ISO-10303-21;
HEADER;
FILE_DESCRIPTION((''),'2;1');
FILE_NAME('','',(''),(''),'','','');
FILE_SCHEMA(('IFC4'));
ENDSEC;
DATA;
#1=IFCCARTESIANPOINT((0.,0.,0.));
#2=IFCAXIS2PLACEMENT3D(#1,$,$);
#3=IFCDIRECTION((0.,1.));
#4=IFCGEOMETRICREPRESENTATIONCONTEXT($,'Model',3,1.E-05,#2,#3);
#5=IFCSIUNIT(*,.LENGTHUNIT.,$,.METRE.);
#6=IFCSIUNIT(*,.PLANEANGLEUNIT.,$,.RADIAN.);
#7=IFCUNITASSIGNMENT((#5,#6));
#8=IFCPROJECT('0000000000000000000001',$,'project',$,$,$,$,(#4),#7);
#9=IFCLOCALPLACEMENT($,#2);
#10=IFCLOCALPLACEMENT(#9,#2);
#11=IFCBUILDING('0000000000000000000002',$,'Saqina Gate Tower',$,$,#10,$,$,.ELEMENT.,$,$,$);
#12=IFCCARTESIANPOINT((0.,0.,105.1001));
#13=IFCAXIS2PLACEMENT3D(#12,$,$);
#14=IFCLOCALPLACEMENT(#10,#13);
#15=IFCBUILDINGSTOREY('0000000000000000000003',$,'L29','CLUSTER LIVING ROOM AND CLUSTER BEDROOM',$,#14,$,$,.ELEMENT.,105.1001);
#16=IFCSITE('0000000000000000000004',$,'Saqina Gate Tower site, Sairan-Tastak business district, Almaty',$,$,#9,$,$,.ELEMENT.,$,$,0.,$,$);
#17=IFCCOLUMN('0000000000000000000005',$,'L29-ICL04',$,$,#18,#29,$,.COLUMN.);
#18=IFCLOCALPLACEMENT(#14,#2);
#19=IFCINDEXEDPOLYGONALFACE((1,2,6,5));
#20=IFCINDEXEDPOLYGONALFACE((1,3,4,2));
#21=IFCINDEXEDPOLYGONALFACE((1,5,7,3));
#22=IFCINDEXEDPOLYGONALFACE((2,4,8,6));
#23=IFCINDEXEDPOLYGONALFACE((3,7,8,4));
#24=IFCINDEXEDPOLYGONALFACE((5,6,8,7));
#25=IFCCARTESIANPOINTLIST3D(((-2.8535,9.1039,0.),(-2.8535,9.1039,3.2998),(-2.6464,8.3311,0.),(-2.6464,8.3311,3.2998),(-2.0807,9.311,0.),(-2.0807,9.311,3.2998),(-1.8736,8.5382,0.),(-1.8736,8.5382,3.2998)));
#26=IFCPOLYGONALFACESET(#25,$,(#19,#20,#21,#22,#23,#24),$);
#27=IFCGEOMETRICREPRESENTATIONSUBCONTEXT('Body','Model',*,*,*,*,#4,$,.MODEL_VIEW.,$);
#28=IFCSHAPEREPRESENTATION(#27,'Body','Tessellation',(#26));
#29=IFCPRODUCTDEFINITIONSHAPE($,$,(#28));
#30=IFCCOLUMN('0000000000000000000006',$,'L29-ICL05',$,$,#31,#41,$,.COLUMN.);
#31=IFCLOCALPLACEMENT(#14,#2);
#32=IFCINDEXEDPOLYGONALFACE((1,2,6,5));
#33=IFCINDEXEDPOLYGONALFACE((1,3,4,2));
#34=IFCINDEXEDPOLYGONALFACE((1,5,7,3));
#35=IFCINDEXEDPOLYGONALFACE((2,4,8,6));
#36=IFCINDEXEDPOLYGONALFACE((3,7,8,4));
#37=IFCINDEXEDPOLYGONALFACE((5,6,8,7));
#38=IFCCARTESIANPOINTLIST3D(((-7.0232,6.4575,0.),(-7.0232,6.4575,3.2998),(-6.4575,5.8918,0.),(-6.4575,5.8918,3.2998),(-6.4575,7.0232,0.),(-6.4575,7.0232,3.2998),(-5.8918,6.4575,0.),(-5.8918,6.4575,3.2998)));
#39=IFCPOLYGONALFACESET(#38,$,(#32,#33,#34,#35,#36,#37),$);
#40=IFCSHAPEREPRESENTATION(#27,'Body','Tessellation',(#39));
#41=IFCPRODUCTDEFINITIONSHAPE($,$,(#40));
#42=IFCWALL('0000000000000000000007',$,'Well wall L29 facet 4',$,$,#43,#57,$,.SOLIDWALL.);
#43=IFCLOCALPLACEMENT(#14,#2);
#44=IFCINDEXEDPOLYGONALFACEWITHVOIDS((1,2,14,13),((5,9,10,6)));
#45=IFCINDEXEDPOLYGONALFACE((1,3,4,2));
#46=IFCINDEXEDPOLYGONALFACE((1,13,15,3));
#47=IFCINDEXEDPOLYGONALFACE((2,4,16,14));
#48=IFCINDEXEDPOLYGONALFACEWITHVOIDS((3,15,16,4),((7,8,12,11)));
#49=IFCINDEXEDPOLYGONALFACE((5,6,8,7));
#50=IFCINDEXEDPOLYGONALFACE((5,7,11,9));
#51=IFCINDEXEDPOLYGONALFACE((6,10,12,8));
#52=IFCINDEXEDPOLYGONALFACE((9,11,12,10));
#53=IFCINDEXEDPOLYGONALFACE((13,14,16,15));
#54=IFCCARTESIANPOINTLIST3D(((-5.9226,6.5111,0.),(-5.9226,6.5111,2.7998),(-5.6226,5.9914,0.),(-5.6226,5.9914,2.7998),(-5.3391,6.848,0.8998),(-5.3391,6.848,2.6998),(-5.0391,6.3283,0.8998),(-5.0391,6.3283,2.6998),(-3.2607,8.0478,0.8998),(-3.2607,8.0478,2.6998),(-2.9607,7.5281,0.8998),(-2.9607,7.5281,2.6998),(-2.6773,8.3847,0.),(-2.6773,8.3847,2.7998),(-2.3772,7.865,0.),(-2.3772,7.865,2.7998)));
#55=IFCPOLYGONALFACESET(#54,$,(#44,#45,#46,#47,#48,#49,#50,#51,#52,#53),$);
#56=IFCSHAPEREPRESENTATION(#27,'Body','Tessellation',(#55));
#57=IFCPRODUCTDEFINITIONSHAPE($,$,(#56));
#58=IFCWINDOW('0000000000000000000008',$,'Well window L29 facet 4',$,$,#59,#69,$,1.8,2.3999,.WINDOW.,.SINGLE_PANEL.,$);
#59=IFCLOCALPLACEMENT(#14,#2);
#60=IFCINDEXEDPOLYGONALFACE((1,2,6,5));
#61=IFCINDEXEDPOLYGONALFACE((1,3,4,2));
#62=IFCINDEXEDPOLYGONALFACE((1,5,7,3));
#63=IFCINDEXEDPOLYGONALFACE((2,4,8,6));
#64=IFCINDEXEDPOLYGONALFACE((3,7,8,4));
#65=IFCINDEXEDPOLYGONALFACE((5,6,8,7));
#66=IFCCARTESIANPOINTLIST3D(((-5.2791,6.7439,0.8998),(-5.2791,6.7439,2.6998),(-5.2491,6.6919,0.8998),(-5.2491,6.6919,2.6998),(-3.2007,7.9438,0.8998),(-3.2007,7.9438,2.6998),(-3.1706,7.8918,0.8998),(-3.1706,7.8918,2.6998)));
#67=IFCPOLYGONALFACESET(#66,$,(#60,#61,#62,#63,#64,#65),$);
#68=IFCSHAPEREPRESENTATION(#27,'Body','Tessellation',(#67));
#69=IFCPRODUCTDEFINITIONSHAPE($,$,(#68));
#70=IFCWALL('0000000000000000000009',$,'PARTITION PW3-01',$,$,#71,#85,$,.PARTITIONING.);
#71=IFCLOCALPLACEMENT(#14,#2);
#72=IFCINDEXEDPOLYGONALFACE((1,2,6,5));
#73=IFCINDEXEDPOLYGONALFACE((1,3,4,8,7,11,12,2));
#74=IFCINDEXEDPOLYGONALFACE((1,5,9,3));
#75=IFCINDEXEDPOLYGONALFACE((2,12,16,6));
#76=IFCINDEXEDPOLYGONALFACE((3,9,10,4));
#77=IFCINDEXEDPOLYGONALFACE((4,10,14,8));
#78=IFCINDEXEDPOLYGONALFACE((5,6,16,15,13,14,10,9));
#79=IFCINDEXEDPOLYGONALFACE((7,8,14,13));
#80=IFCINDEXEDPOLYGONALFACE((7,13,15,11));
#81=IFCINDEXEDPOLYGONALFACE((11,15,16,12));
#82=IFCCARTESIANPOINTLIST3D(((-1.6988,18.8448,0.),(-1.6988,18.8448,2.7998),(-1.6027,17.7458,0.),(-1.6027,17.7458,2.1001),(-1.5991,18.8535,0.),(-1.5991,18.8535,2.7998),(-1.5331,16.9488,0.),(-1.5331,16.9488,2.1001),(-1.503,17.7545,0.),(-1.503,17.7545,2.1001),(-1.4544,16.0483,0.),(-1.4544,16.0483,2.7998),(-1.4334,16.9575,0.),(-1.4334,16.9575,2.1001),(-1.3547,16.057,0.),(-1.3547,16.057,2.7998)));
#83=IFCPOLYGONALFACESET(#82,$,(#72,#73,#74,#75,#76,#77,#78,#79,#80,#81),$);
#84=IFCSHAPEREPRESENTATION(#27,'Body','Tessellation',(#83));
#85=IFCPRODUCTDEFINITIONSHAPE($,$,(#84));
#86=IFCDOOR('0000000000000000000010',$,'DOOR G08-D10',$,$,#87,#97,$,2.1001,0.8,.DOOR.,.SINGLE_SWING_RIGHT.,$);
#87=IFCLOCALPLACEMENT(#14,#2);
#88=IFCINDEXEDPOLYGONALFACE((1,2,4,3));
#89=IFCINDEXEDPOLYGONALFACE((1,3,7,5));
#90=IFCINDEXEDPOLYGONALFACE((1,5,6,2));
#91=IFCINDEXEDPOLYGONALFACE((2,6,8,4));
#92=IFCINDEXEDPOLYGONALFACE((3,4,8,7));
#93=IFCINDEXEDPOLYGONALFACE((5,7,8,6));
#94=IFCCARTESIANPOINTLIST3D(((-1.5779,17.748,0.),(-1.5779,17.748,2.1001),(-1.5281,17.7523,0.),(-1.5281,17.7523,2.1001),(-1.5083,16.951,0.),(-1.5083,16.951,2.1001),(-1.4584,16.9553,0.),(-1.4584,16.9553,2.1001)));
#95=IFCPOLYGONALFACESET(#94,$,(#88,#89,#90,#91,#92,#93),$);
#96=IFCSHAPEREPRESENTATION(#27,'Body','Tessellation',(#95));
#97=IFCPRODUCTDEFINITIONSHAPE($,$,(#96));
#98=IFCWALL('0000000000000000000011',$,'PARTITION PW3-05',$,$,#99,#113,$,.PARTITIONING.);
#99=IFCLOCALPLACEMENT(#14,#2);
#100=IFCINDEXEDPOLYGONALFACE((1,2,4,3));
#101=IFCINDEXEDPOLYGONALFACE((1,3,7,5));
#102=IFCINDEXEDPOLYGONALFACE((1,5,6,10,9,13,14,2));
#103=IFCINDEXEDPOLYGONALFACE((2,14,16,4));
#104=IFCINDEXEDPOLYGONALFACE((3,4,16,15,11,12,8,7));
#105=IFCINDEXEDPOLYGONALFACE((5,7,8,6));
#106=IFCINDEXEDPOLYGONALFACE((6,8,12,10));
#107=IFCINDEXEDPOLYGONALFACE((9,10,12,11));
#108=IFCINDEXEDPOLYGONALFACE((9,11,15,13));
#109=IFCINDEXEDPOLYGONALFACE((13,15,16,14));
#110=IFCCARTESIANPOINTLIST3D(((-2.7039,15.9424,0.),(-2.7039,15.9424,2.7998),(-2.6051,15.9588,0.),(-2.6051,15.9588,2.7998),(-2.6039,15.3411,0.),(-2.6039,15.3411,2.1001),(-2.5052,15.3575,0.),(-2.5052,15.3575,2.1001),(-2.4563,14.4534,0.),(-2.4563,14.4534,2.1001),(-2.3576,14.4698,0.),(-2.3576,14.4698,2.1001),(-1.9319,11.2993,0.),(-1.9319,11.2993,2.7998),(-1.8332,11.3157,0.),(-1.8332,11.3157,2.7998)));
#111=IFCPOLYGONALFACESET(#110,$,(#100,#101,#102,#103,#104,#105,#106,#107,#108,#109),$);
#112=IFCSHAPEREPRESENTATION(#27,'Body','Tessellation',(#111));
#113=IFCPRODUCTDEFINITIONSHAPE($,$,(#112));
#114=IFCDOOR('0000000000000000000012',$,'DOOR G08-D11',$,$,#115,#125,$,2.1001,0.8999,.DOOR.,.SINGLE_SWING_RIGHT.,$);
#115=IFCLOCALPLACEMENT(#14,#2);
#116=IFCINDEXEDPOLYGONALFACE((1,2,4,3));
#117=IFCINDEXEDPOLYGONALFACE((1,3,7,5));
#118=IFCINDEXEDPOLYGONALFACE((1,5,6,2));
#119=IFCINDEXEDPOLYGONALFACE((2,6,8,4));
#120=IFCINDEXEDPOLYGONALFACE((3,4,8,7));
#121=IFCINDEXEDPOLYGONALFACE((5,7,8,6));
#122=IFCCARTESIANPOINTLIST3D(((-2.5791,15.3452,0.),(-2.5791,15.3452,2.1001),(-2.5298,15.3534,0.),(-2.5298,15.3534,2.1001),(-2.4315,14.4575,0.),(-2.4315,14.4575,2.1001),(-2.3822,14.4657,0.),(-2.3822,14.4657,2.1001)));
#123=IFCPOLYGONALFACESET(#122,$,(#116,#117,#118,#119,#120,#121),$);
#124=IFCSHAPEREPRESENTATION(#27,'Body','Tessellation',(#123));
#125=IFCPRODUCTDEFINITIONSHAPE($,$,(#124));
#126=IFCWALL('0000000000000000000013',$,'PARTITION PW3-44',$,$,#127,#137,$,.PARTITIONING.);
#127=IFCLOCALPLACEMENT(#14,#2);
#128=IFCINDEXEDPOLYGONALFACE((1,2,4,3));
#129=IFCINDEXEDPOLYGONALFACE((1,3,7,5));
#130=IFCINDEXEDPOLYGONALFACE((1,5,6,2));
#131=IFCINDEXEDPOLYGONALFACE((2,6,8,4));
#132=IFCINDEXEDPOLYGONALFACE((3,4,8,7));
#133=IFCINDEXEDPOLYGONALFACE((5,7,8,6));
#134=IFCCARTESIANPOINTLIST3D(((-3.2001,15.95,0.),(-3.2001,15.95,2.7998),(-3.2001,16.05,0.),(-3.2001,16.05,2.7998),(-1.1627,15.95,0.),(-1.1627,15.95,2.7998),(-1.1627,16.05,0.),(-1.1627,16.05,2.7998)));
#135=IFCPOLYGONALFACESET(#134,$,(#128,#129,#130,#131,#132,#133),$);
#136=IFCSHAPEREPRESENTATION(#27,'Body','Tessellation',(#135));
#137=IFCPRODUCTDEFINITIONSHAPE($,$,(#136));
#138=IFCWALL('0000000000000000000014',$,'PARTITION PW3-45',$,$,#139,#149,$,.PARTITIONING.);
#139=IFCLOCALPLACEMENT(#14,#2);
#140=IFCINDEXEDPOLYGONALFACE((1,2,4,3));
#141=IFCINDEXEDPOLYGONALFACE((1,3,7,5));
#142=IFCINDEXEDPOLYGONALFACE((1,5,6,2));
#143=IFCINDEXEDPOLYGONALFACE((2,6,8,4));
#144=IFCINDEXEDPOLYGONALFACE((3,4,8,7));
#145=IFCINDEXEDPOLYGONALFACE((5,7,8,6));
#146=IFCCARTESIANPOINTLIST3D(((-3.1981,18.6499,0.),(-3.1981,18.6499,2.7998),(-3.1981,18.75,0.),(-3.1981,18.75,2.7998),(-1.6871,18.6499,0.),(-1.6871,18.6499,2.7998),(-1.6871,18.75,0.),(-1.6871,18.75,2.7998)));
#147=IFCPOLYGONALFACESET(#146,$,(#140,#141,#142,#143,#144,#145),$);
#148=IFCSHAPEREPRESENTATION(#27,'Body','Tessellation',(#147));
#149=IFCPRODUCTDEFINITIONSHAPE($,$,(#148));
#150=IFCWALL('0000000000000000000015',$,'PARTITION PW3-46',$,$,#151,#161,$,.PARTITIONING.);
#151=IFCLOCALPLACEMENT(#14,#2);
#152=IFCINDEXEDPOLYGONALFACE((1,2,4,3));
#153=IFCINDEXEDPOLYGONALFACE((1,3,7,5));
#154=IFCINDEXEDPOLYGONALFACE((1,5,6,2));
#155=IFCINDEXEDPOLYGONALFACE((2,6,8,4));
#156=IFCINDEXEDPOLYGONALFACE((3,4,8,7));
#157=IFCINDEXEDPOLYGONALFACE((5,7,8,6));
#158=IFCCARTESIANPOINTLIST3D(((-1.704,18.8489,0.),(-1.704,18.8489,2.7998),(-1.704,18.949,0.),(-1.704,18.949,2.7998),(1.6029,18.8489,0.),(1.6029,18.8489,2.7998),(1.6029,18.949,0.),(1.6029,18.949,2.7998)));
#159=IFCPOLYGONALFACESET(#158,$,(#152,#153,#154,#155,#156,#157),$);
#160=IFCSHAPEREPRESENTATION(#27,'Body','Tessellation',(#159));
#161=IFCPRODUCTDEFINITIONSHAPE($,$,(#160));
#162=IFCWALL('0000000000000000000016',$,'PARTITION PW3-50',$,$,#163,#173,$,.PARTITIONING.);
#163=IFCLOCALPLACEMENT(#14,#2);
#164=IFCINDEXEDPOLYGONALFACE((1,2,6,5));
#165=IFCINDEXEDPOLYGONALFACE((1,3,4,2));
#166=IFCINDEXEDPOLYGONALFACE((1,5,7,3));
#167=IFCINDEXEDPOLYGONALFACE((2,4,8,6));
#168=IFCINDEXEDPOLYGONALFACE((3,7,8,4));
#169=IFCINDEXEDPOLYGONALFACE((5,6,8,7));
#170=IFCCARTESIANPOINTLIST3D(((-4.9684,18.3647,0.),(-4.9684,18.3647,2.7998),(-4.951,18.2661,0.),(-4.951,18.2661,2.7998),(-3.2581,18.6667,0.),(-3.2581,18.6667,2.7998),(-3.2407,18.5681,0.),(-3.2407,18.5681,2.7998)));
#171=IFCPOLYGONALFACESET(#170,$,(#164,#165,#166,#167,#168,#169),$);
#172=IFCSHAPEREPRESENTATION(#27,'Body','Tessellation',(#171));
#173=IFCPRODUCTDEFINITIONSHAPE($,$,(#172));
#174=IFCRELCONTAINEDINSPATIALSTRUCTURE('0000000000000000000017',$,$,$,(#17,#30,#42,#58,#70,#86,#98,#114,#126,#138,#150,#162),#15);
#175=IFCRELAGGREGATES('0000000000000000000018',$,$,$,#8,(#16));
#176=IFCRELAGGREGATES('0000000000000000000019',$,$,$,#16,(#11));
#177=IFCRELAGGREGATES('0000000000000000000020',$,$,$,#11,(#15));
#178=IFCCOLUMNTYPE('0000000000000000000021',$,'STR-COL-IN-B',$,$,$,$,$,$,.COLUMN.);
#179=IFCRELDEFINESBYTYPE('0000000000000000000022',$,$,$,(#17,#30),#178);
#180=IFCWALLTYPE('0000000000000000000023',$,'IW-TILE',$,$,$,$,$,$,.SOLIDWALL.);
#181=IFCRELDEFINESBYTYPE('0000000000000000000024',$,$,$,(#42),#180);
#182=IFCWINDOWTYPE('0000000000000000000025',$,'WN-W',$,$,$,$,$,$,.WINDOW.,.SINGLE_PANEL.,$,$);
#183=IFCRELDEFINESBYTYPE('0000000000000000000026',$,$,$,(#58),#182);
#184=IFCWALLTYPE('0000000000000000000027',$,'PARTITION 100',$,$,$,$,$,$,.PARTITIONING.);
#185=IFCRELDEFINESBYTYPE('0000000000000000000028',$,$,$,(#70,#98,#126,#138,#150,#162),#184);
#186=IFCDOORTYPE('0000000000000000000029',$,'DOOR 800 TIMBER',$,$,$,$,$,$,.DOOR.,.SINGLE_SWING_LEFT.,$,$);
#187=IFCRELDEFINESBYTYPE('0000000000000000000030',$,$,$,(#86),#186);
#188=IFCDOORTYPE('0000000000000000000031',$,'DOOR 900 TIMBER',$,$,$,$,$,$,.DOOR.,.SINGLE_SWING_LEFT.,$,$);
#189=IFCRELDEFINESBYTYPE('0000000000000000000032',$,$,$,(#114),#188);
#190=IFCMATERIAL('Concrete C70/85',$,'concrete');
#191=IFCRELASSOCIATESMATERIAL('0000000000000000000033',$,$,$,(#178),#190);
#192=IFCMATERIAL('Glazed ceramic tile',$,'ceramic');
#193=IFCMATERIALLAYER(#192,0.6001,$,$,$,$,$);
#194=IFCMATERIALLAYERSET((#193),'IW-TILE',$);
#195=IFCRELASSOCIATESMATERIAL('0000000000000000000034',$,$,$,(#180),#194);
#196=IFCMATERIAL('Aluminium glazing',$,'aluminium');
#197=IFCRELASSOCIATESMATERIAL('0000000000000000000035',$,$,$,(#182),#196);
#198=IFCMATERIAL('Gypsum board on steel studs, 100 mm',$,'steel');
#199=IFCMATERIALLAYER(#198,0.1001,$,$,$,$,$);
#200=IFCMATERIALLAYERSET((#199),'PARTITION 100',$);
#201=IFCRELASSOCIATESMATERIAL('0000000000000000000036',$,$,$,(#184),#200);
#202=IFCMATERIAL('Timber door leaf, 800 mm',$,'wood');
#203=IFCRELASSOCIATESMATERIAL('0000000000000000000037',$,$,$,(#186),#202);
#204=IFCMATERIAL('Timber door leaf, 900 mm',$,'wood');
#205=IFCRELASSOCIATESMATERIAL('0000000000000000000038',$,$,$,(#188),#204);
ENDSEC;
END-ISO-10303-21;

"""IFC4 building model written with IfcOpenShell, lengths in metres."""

from ifc_helpers import new_model, si_unit, direction, frame, frame_2d, origin, origin_2d, place, context, subcontext, project, spatial, rectangle, extrude, material, layer, layer_set, material_profile, profile_set, type_object, element, fill, save


model = new_model("IFC4")

# Units and contexts
model_context = context("Model", 3, precision=1e-05, world=origin(), true_north=direction((0.0, 1.0)))
body_context = subcontext(model_context, "Body", "Model", "MODEL_VIEW")
ifc_project = project(units=[si_unit("LENGTHUNIT", "METRE"), si_unit("PLANEANGLEUNIT", "RADIAN")], contexts=[model_context])

# Site, building, storey
site_placement = place(None, origin())
site = spatial("IfcSite", under=ifc_project, at=site_placement, Name="Saqina Gate Tower site, Sairan-Tastak business district, Almaty", CompositionType="ELEMENT", RefElevation=0.0)
building_placement = place(site_placement, origin())
building = spatial("IfcBuilding", under=site, at=building_placement, Name="Saqina Gate Tower", CompositionType="ELEMENT")
storey_placement = place(building_placement, frame((0.0, 0.0, 105.1001)))
storey = spatial("IfcBuildingStorey", under=building, at=storey_placement, Name="L29", Description="CLUSTER LIVING ROOM AND CLUSTER BEDROOM", CompositionType="ELEMENT", Elevation=105.1001)

# Columns
ifc_material_1 = material(Name="Concrete C70/85", Category="concrete")
ifc_material_profile = material_profile(ifc_material_1, rectangle(XDim=0.8, YDim=0.8, at=origin_2d()), Name="RC 800x800")
ifc_profile_set = profile_set([ifc_material_profile], Name="Concrete C70/85")
column_type = type_object("IfcColumnType", Name="STR-COL-IN-B", PredefinedType="COLUMN", material=ifc_profile_set)
for number, where, z_axis, x_axis, name in (
    (1, (-2.3635, 8.821, 0.0), (0.0, 0.0, 1.0), (-0.258819, 0.965926, 0.0), "L29-ICL04"),
    (2, (-6.4575, 6.4575, 0.0), (0.0, 0.0, 1.0), (-0.707107, 0.707107, 0.0), "L29-ICL05"),
):
    element("IfcColumn", number, at=place(storey_placement, frame(where, z_axis=z_axis, x_axis=x_axis)), inside=storey, type_object=column_type, Name=name, PredefinedType="COLUMN", context=body_context, shape_type="SweptSolid", body=[
        extrude(rectangle(XDim=0.8, YDim=0.8, at=origin_2d()), origin(), (0.0, 0.0, 1.0), 3.2998),
    ])

# Wall, opening, window
ifc_material_2 = material(Name="Glazed ceramic tile", Category="ceramic")
ifc_layer_1 = layer(ifc_material_2, 0.6001)
ifc_layer_set_1 = layer_set([ifc_layer_1], Name="IW-TILE")
wall_type_1 = type_object("IfcWallType", Name="IW-TILE", PredefinedType="SOLIDWALL", material=ifc_layer_set_1)
wall_1_placement = place(storey_placement, frame((-2.5273, 8.1248, 0.0), z_axis=(0.0, 0.0, 1.0), x_axis=(-0.866046, -0.499965, 0.0)))
wall_1 = element("IfcWall", 3, at=wall_1_placement, inside=storey, type_object=wall_type_1, Name="Well wall L29 facet 4", PredefinedType="SOLIDWALL", context=body_context, shape_type="SweptSolid", body=[
    extrude(rectangle(XDim=3.7473, YDim=0.6001, at=frame_2d((1.8735, 0.0))), origin(), (0.0, 0.0, 1.0), 2.7998),
])
opening_1_placement = place(wall_1_placement, frame((0.6736, 0.0, 0.8999)))
opening_1 = element("IfcOpeningElement", 4, at=opening_1_placement, cuts=wall_1, PredefinedType="OPENING", context=body_context, shape_type="SweptSolid", body=[
    extrude(rectangle(XDim=2.3999, YDim=1.8, at=frame_2d((1.2, 0.8999))), frame((0.0, 0.312, 0.0), z_axis=(0.0, -1.0, 0.0), x_axis=(1.0, 0.0, 0.0)), (0.0, 0.0, 1.0), 0.624),
])
ifc_material_3 = material(Name="Aluminium glazing", Category="aluminium")
window_type = type_object("IfcWindowType", Name="WN-W", PartitioningType="SINGLE_PANEL", PredefinedType="WINDOW", material=ifc_material_3)
window_placement = place(opening_1_placement, origin())
window = element("IfcWindow", 5, at=window_placement, inside=storey, type_object=window_type, Name="Well window L29 facet 4", OverallHeight=1.8, OverallWidth=2.3999, PartitioningType="SINGLE_PANEL", PredefinedType="WINDOW", context=body_context, shape_type="SweptSolid", body=[
    extrude(rectangle(XDim=2.3999, YDim=1.8, at=frame_2d((1.2, 0.8999))), frame((0.0, -0.1199, 0.0), z_axis=(0.0, -1.0, 0.0), x_axis=(1.0, 0.0, 0.0)), (0.0, 0.0, 1.0), 0.0601),
])
fill(opening_1, window)

# Walls, openings, doors
ifc_material_4 = material(Name="Gypsum board on steel studs, 100 mm", Category="steel")
ifc_layer_2 = layer(ifc_material_4, 0.1001)
ifc_layer_set_2 = layer_set([ifc_layer_2], Name="PARTITION 100")
wall_type_2 = type_object("IfcWallType", Name="PARTITION 100", PredefinedType="PARTITIONING", material=ifc_layer_set_2)
wall_2_placement = place(storey_placement, frame((-1.6489, 18.8491, 0.0), z_axis=(0.0, 0.0, 1.0), x_axis=(0.087061, -0.996203, 0.0)))
wall_2 = element("IfcWall", 6, at=wall_2_placement, inside=storey, type_object=wall_type_2, Name="PARTITION PW3-01", PredefinedType="PARTITIONING", context=body_context, shape_type="SweptSolid", body=[
    extrude(rectangle(XDim=2.8071, YDim=0.1001, at=frame_2d((1.4036, 0.0))), origin(), (0.0, 0.0, 1.0), 2.7998),
])
opening_2_placement = place(wall_2_placement, frame((1.1033, 0.0, 0.0)))
opening_2 = element("IfcOpeningElement", 7, at=opening_2_placement, cuts=wall_2, PredefinedType="OPENING", context=body_context, shape_type="SweptSolid", body=[
    extrude(rectangle(XDim=0.8, YDim=2.1001, at=frame_2d((0.3999, 1.05))), frame((0.0, 0.062, 0.0), z_axis=(0.0, -1.0, 0.0), x_axis=(1.0, 0.0, 0.0)), (0.0, 0.0, 1.0), 0.124),
])
ifc_material_5 = material(Name="Timber door leaf, 800 mm", Category="wood")
door_type_1 = type_object("IfcDoorType", Name="DOOR 800 TIMBER", OperationType="SINGLE_SWING_LEFT", PredefinedType="DOOR", material=ifc_material_5)
door_1_placement = place(opening_2_placement, origin())
door_1 = element("IfcDoor", 8, at=door_1_placement, inside=storey, type_object=door_type_1, Name="DOOR G08-D10", OperationType="SINGLE_SWING_RIGHT", OverallHeight=2.1001, OverallWidth=0.8, PredefinedType="DOOR", context=body_context, shape_type="SweptSolid", body=[
    extrude(rectangle(XDim=0.8, YDim=2.1001, at=frame_2d((0.3999, 1.05))), frame((0.0, 0.0249, 0.0), z_axis=(0.0, -1.0, 0.0), x_axis=(1.0, 0.0, 0.0)), (0.0, 0.0, 1.0), 0.05),
])
fill(opening_2, door_1)
wall_3_placement = place(storey_placement, frame((-2.6545, 15.9507, 0.0), z_axis=(0.0, 0.0, 1.0), x_axis=(0.164012, -0.986458, 0.0)))
wall_3 = element("IfcWall", 9, at=wall_3_placement, inside=storey, type_object=wall_type_2, Name="PARTITION PW3-05", PredefinedType="PARTITIONING", context=body_context, shape_type="SweptSolid", body=[
    extrude(rectangle(XDim=4.7068, YDim=0.1001, at=frame_2d((2.3535, 0.0))), origin(), (0.0, 0.0, 1.0), 2.7998),
])
opening_3_placement = place(wall_3_placement, frame((0.6096, 0.0, 0.0)))
opening_3 = element("IfcOpeningElement", 10, at=opening_3_placement, cuts=wall_3, PredefinedType="OPENING", context=body_context, shape_type="SweptSolid", body=[
    extrude(rectangle(XDim=0.8999, YDim=2.1001, at=frame_2d((0.45, 1.05))), frame((0.0, 0.062, 0.0), z_axis=(0.0, -1.0, 0.0), x_axis=(1.0, 0.0, 0.0)), (0.0, 0.0, 1.0), 0.124),
])
ifc_material_6 = material(Name="Timber door leaf, 900 mm", Category="wood")
door_type_2 = type_object("IfcDoorType", Name="DOOR 900 TIMBER", OperationType="SINGLE_SWING_LEFT", PredefinedType="DOOR", material=ifc_material_6)
door_2_placement = place(opening_3_placement, frame((0.8999, 0.0, 0.0), z_axis=(0.0, 0.0, 1.0), x_axis=(-1.0, 0.0, 0.0)))
door_2 = element("IfcDoor", 11, at=door_2_placement, inside=storey, type_object=door_type_2, Name="DOOR G08-D11", OperationType="SINGLE_SWING_RIGHT", OverallHeight=2.1001, OverallWidth=0.8999, PredefinedType="DOOR", context=body_context, shape_type="SweptSolid", body=[
    extrude(rectangle(XDim=0.8999, YDim=2.1001, at=frame_2d((0.45, 1.05))), frame((0.0, 0.0249, 0.0), z_axis=(0.0, -1.0, 0.0), x_axis=(1.0, 0.0, 0.0)), (0.0, 0.0, 1.0), 0.05),
])
fill(opening_3, door_2)

# Walls
wall_4_placement = place(storey_placement, frame((-3.2, 16.0, 0.0), z_axis=(0.0, 0.0, 1.0), x_axis=(1.0, 0.0, 0.0)))
element("IfcWall", 12, at=wall_4_placement, inside=storey, type_object=wall_type_2, Name="PARTITION PW3-44", PredefinedType="PARTITIONING", context=body_context, shape_type="SweptSolid", body=[
    extrude(rectangle(XDim=2.0374, YDim=0.1001, at=frame_2d((1.0186, 0.0))), origin(), (0.0, 0.0, 1.0), 2.7998),
])
wall_5_placement = place(storey_placement, frame((-3.198, 18.7, 0.0), z_axis=(0.0, 0.0, 1.0), x_axis=(1.0, 0.0, 0.0)))
element("IfcWall", 13, at=wall_5_placement, inside=storey, type_object=wall_type_2, Name="PARTITION PW3-45", PredefinedType="PARTITIONING", context=body_context, shape_type="SweptSolid", body=[
    extrude(rectangle(XDim=1.511, YDim=0.1001, at=frame_2d((0.7554, 0.0))), origin(), (0.0, 0.0, 1.0), 2.7998),
])
wall_6_placement = place(storey_placement, frame((-1.7039, 18.8989, 0.0), z_axis=(0.0, 0.0, 1.0), x_axis=(1.0, 0.0, 0.0)))
element("IfcWall", 14, at=wall_6_placement, inside=storey, type_object=wall_type_2, Name="PARTITION PW3-46", PredefinedType="PARTITIONING", context=body_context, shape_type="SweptSolid", body=[
    extrude(rectangle(XDim=3.3069, YDim=0.1001, at=frame_2d((1.6533, 0.0))), origin(), (0.0, 0.0, 1.0), 2.7998),
])
wall_7_placement = place(storey_placement, frame((-4.9597, 18.3154, 0.0), z_axis=(0.0, 0.0, 1.0), x_axis=(0.984768, 0.173874, 0.0)))
element("IfcWall", 15, at=wall_7_placement, inside=storey, type_object=wall_type_2, Name="PARTITION PW3-50", PredefinedType="PARTITIONING", context=body_context, shape_type="SweptSolid", body=[
    extrude(rectangle(XDim=1.7368, YDim=0.1001, at=frame_2d((0.8684, 0.0))), origin(), (0.0, 0.0, 1.0), 2.7998),
])

save(model, "model.ifc")
